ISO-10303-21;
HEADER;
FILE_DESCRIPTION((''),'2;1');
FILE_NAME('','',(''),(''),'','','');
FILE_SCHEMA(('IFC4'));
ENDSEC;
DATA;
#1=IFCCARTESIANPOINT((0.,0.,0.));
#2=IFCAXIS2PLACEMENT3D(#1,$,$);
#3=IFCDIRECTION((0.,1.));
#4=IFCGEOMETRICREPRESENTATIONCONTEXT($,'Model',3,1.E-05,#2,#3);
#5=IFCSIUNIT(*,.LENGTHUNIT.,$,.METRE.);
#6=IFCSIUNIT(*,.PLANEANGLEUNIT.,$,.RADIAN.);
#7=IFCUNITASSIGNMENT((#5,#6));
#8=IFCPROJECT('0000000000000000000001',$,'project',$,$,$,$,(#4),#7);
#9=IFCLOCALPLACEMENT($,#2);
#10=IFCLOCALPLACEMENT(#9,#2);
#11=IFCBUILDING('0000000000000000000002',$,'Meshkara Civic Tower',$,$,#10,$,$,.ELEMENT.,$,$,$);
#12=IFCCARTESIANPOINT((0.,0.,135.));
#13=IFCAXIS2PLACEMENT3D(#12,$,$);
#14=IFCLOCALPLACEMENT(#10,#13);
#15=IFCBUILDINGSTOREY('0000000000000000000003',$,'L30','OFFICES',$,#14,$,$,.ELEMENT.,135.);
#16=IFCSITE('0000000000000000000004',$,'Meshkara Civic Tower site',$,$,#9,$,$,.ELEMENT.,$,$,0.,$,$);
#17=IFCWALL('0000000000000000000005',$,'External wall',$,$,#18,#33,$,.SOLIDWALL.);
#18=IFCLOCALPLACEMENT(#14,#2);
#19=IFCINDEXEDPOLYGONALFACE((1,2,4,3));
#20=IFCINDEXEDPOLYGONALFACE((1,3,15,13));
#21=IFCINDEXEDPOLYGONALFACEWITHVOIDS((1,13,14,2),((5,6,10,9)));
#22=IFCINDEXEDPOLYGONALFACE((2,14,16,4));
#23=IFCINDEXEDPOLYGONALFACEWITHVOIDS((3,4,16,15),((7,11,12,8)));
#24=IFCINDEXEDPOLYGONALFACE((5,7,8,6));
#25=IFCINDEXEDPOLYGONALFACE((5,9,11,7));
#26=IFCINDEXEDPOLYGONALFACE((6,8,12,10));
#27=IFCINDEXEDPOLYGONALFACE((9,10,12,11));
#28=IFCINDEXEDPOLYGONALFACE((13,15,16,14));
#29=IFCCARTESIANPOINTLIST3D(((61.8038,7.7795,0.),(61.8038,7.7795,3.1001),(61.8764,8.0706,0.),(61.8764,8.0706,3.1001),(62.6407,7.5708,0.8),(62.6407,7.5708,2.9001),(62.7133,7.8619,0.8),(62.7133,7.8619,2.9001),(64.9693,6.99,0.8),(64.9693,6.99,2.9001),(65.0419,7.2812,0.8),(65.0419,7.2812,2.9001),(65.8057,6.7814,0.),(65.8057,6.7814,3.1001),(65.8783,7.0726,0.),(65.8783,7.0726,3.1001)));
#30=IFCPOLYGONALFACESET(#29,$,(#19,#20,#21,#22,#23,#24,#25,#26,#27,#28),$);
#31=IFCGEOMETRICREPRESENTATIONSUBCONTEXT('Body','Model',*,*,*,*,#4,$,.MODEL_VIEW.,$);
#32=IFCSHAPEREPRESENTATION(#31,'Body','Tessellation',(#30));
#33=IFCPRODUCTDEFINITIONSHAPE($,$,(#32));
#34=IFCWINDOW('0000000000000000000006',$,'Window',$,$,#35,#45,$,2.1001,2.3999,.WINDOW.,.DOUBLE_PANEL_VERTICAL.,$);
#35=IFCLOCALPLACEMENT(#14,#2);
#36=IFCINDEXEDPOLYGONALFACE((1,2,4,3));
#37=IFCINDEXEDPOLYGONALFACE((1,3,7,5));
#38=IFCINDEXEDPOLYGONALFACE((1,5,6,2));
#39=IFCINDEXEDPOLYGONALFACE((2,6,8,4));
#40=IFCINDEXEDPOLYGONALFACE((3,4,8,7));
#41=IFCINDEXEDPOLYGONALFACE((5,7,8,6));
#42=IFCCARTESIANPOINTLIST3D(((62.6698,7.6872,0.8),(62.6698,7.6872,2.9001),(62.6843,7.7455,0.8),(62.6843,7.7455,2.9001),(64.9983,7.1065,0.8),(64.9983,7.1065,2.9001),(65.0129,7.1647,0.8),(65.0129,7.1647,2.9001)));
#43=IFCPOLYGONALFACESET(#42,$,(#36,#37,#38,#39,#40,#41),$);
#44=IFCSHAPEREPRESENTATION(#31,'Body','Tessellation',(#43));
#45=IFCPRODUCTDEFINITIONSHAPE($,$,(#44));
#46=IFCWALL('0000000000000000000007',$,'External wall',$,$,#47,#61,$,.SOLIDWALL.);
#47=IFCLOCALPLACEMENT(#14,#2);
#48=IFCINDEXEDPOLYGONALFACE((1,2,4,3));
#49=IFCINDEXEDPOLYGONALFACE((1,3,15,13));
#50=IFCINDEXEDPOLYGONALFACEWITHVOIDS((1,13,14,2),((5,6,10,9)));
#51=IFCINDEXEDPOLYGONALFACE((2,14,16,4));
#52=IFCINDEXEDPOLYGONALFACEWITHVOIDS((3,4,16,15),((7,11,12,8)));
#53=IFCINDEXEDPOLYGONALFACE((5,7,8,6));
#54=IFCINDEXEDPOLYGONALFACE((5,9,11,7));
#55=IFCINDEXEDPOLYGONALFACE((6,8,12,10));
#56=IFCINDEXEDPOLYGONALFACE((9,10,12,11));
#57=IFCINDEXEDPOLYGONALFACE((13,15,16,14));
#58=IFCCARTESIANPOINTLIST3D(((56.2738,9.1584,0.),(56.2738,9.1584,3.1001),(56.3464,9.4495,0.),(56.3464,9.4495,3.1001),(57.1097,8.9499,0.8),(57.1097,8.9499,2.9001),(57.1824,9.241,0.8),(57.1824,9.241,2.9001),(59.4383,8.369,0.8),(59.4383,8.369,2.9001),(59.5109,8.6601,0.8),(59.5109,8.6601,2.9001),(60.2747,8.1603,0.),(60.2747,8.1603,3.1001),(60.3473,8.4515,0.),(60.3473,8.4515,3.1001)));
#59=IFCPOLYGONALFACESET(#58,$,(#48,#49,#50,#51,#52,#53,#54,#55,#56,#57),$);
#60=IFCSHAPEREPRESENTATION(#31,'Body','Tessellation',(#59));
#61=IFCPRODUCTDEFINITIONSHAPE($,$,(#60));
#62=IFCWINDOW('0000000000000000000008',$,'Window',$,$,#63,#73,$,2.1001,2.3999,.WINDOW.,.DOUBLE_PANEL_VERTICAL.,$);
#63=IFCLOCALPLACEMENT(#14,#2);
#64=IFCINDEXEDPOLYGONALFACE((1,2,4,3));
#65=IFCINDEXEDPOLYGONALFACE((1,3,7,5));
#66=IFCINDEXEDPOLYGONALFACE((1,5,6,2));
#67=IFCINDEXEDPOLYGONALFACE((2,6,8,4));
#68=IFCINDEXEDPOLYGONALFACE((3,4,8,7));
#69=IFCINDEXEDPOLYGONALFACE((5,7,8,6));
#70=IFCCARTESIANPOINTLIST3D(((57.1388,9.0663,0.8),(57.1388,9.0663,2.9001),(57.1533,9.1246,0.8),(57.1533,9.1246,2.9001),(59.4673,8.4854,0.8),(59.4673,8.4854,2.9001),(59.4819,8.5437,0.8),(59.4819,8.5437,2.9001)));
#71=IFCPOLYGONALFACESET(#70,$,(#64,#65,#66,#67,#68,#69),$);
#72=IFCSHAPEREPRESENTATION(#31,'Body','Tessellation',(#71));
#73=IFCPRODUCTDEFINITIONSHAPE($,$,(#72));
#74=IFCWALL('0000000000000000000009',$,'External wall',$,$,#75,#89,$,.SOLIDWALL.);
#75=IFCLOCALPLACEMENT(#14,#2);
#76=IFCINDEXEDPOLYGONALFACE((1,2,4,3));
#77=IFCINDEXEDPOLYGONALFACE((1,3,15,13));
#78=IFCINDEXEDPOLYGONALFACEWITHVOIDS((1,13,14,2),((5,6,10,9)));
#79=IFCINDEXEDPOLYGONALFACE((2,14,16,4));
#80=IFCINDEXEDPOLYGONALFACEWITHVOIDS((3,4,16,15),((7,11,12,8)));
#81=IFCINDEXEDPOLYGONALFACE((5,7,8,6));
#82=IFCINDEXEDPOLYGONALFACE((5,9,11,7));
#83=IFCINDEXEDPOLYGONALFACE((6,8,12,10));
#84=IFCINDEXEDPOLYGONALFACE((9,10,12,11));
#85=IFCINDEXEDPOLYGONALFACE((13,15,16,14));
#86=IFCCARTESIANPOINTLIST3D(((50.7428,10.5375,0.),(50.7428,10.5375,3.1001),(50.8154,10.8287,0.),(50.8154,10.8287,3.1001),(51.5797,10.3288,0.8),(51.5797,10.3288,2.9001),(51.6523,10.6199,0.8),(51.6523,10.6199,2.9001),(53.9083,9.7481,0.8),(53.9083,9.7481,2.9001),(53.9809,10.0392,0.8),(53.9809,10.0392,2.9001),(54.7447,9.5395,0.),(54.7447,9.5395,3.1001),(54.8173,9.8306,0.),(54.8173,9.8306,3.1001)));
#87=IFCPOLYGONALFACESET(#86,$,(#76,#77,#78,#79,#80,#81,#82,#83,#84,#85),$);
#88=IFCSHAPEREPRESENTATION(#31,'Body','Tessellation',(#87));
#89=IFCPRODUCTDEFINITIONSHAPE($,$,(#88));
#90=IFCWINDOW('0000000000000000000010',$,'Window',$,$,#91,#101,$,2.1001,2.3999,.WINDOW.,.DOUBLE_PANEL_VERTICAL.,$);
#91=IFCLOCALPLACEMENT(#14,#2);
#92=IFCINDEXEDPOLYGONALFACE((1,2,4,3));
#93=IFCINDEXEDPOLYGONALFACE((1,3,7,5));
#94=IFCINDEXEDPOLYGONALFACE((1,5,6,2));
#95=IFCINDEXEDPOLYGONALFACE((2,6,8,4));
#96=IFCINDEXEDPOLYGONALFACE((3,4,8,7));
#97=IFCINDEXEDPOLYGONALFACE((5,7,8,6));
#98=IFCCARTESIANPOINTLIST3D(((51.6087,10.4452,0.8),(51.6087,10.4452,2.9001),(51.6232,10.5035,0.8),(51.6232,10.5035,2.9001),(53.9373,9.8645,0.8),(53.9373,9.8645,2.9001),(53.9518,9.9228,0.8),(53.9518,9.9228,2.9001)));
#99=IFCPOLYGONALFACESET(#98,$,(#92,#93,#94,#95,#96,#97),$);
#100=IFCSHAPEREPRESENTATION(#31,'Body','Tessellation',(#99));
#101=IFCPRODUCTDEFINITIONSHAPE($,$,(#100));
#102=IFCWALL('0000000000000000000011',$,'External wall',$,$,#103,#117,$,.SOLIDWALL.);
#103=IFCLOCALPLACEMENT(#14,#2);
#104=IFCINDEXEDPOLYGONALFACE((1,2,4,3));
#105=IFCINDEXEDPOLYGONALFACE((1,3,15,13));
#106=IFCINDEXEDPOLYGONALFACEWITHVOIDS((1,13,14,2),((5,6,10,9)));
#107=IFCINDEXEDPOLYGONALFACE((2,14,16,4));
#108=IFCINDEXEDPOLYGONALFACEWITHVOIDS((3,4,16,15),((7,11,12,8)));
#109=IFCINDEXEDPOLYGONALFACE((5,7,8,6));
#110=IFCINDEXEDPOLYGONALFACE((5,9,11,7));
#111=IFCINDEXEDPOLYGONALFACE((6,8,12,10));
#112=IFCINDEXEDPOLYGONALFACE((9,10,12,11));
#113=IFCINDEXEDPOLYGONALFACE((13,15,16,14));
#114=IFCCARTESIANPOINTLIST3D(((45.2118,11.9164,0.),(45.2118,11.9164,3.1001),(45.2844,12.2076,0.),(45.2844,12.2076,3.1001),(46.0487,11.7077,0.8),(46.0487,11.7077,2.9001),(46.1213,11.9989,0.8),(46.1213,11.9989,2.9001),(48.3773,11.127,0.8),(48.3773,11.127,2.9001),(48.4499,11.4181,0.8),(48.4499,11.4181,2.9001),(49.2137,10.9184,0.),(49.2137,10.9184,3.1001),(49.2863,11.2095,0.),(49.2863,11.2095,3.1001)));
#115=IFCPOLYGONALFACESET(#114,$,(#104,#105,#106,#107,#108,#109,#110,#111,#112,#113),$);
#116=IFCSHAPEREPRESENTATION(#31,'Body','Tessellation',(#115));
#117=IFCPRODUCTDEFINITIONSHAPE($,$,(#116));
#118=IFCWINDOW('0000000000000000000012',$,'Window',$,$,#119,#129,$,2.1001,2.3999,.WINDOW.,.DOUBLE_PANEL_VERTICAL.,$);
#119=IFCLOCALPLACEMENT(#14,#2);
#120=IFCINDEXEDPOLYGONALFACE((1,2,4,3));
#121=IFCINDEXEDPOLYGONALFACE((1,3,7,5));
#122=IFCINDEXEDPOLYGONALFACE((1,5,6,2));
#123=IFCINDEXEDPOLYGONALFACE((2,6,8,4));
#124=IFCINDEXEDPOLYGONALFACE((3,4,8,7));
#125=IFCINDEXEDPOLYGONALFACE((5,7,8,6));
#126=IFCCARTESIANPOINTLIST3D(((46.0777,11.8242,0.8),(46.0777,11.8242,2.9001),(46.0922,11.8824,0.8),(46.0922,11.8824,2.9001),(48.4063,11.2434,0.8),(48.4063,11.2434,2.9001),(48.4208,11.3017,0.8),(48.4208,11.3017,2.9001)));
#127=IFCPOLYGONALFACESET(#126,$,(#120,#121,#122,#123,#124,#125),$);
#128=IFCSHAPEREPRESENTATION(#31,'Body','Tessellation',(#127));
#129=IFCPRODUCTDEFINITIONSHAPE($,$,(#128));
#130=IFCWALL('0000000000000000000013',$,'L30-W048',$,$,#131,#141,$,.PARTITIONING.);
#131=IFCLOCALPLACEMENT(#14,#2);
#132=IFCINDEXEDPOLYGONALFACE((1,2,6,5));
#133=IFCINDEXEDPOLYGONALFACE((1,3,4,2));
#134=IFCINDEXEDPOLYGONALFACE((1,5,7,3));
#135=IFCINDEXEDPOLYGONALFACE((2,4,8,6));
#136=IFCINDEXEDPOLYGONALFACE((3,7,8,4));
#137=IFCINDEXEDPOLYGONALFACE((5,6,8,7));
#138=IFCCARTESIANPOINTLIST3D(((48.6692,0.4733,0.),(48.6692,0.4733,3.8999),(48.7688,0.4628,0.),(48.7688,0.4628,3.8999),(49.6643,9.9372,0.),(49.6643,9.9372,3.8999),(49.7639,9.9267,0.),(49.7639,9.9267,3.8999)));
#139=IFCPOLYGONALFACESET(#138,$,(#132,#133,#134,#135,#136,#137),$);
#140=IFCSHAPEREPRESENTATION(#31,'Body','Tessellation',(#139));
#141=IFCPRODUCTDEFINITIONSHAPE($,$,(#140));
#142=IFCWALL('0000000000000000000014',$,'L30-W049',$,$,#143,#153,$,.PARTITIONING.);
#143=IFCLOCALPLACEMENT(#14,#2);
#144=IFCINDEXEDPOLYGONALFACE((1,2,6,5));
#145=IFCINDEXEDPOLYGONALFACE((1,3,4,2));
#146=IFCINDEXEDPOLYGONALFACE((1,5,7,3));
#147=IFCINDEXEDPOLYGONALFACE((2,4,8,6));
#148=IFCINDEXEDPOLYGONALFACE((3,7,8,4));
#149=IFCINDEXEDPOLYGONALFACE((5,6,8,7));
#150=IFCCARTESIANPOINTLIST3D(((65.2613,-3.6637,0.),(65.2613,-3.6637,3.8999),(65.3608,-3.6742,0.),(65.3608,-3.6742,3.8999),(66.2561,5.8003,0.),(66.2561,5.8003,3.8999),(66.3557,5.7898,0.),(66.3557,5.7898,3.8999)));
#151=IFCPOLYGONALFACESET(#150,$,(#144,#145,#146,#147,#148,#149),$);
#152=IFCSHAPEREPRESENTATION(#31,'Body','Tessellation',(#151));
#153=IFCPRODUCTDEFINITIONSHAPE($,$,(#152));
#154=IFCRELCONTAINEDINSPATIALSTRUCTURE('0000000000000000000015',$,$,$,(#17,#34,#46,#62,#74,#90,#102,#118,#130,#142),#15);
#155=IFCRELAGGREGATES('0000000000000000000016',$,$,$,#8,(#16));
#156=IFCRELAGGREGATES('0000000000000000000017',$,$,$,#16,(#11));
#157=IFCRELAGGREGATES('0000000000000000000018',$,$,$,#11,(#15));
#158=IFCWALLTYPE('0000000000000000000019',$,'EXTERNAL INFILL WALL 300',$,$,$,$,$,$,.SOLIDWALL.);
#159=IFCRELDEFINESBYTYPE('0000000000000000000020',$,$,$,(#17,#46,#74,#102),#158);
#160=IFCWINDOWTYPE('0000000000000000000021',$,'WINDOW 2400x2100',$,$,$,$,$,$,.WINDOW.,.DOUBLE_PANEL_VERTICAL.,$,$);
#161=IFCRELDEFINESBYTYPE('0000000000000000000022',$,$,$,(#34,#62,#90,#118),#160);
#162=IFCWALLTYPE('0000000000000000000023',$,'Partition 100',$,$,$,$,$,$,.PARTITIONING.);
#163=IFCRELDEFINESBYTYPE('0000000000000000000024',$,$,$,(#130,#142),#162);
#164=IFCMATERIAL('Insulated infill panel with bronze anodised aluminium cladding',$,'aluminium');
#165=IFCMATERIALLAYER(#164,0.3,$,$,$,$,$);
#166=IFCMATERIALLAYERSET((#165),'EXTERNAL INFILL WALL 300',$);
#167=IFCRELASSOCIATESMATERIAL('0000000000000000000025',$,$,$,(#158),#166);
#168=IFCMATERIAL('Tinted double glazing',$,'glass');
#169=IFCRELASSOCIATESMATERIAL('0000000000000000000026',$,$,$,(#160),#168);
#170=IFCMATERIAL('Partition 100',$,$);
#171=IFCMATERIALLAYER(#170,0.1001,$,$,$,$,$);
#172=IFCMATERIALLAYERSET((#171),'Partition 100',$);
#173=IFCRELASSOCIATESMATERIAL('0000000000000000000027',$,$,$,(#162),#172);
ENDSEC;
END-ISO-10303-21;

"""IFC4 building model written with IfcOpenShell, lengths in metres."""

from ifc_helpers import new_model, si_unit, direction, frame, frame_2d, origin, place, context, subcontext, project, spatial, rectangle, extrude, material, layer, layer_set, type_object, element, fill, save


model = new_model("IFC4")

# Units and contexts
model_context = context("Model", 3, precision=1e-05, world=origin(), true_north=direction((0.0, 1.0)))
body_context = subcontext(model_context, "Body", "Model", "MODEL_VIEW")
ifc_project = project(units=[si_unit("LENGTHUNIT", "METRE"), si_unit("PLANEANGLEUNIT", "RADIAN")], contexts=[model_context])

# Site, building, storey
site_placement = place(None, origin())
site = spatial("IfcSite", under=ifc_project, at=site_placement, Name="Meshkara Civic Tower site", CompositionType="ELEMENT", RefElevation=0.0)
building_placement = place(site_placement, origin())
building = spatial("IfcBuilding", under=site, at=building_placement, Name="Meshkara Civic Tower", CompositionType="ELEMENT")
storey_placement = place(building_placement, frame((0.0, 0.0, 135.0)))
storey = spatial("IfcBuildingStorey", under=building, at=storey_placement, Name="L30", Description="OFFICES", CompositionType="ELEMENT", Elevation=135.0)

# Walls, openings, windows
ifc_material_1 = material(Name="Insulated infill panel with bronze anodised aluminium cladding", Category="aluminium")
ifc_layer_1 = layer(ifc_material_1, 0.3)
ifc_layer_set_1 = layer_set([ifc_layer_1], Name="EXTERNAL INFILL WALL 300")
wall_type_1 = type_object("IfcWallType", Name="EXTERNAL INFILL WALL 300", PredefinedType="SOLIDWALL", material=ifc_layer_set_1)
wall_1_placement = place(storey_placement, frame((65.842, 6.927, 0.0), z_axis=(0.0, 0.0, 1.0), x_axis=(-0.970282, 0.241978, 0.0)))
wall_1 = element("IfcWall", 1, at=wall_1_placement, inside=storey, type_object=wall_type_1, Name="External wall", PredefinedType="SOLIDWALL", context=body_context, shape_type="SweptSolid", body=[
    extrude(rectangle(XDim=4.1245, YDim=0.3, at=frame_2d((2.0623, 0.0))), origin(), (0.0, 0.0, 1.0), 3.1001),
])
opening_1_placement = place(wall_1_placement, frame((0.8621, 0.0, 0.8)))
opening_1 = element("IfcOpeningElement", 2, at=opening_1_placement, cuts=wall_1, PredefinedType="OPENING", context=body_context, shape_type="SweptSolid", body=[
    extrude(rectangle(XDim=2.3999, YDim=2.1001, at=frame_2d((1.2, 1.05))), frame((0.0, 0.1599, 0.0), z_axis=(0.0, -1.0, 0.0), x_axis=(1.0, 0.0, 0.0)), (0.0, 0.0, 1.0), 0.3201),
])
ifc_material_2 = material(Name="Tinted double glazing", Category="glass")
window_type = type_object("IfcWindowType", Name="WINDOW 2400x2100", PartitioningType="DOUBLE_PANEL_VERTICAL", PredefinedType="WINDOW", material=ifc_material_2)
window_1_placement = place(opening_1_placement, origin())
window_1 = element("IfcWindow", 3, at=window_1_placement, inside=storey, type_object=window_type, Name="Window", OverallHeight=2.1001, OverallWidth=2.3999, PartitioningType="DOUBLE_PANEL_VERTICAL", PredefinedType="WINDOW", context=body_context, shape_type="SweptSolid", body=[
    extrude(rectangle(XDim=2.3999, YDim=2.1001, at=frame_2d((1.2, 1.05))), frame((0.0, 0.03, 0.0), z_axis=(0.0, -1.0, 0.0), x_axis=(1.0, 0.0, 0.0)), (0.0, 0.0, 1.0), 0.0601),
])
fill(opening_1, window_1)
wall_2_placement = place(storey_placement, frame((60.311, 8.3059, 0.0), z_axis=(0.0, 0.0, 1.0), x_axis=(-0.970268, 0.242034, 0.0)))
wall_2 = element("IfcWall", 4, at=wall_2_placement, inside=storey, type_object=wall_type_1, Name="External wall", PredefinedType="SOLIDWALL", context=body_context, shape_type="SweptSolid", body=[
    extrude(rectangle(XDim=4.1235, YDim=0.3, at=frame_2d((2.0618, 0.0))), origin(), (0.0, 0.0, 1.0), 3.1001),
])
opening_2_placement = place(wall_2_placement, frame((0.8621, 0.0, 0.8)))
opening_2 = element("IfcOpeningElement", 5, at=opening_2_placement, cuts=wall_2, PredefinedType="OPENING", context=body_context, shape_type="SweptSolid", body=[
    extrude(rectangle(XDim=2.3999, YDim=2.1001, at=frame_2d((1.2, 1.05))), frame((0.0, 0.1599, 0.0), z_axis=(0.0, -1.0, 0.0), x_axis=(1.0, 0.0, 0.0)), (0.0, 0.0, 1.0), 0.3201),
])
window_2_placement = place(opening_2_placement, origin())
window_2 = element("IfcWindow", 6, at=window_2_placement, inside=storey, type_object=window_type, Name="Window", OverallHeight=2.1001, OverallWidth=2.3999, PartitioningType="DOUBLE_PANEL_VERTICAL", PredefinedType="WINDOW", context=body_context, shape_type="SweptSolid", body=[
    extrude(rectangle(XDim=2.3999, YDim=2.1001, at=frame_2d((1.2, 1.05))), frame((0.0, 0.03, 0.0), z_axis=(0.0, -1.0, 0.0), x_axis=(1.0, 0.0, 0.0)), (0.0, 0.0, 1.0), 0.0601),
])
fill(opening_2, window_2)
wall_3_placement = place(storey_placement, frame((54.781, 9.6851, 0.0), z_axis=(0.0, 0.0, 1.0), x_axis=(-0.970282, 0.241978, 0.0)))
wall_3 = element("IfcWall", 7, at=wall_3_placement, inside=storey, type_object=wall_type_1, Name="External wall", PredefinedType="SOLIDWALL", context=body_context, shape_type="SweptSolid", body=[
    extrude(rectangle(XDim=4.1245, YDim=0.3, at=frame_2d((2.0623, 0.0))), origin(), (0.0, 0.0, 1.0), 3.1001),
])
opening_3_placement = place(wall_3_placement, frame((0.8621, 0.0, 0.8)))
opening_3 = element("IfcOpeningElement", 8, at=opening_3_placement, cuts=wall_3, PredefinedType="OPENING", context=body_context, shape_type="SweptSolid", body=[
    extrude(rectangle(XDim=2.3999, YDim=2.1001, at=frame_2d((1.2, 1.05))), frame((0.0, 0.1599, 0.0), z_axis=(0.0, -1.0, 0.0), x_axis=(1.0, 0.0, 0.0)), (0.0, 0.0, 1.0), 0.3201),
])
window_3_placement = place(opening_3_placement, origin())
window_3 = element("IfcWindow", 9, at=window_3_placement, inside=storey, type_object=window_type, Name="Window", OverallHeight=2.1001, OverallWidth=2.3999, PartitioningType="DOUBLE_PANEL_VERTICAL", PredefinedType="WINDOW", context=body_context, shape_type="SweptSolid", body=[
    extrude(rectangle(XDim=2.3999, YDim=2.1001, at=frame_2d((1.2, 1.05))), frame((0.0, 0.03, 0.0), z_axis=(0.0, -1.0, 0.0), x_axis=(1.0, 0.0, 0.0)), (0.0, 0.0, 1.0), 0.0601),
])
fill(opening_3, window_3)
wall_4_placement = place(storey_placement, frame((49.25, 11.064, 0.0), z_axis=(0.0, 0.0, 1.0), x_axis=(-0.970282, 0.241978, 0.0)))
wall_4 = element("IfcWall", 10, at=wall_4_placement, inside=storey, type_object=wall_type_1, Name="External wall", PredefinedType="SOLIDWALL", context=body_context, shape_type="SweptSolid", body=[
    extrude(rectangle(XDim=4.1245, YDim=0.3, at=frame_2d((2.0623, 0.0))), origin(), (0.0, 0.0, 1.0), 3.1001),
])
opening_4_placement = place(wall_4_placement, frame((0.8621, 0.0, 0.8)))
opening_4 = element("IfcOpeningElement", 11, at=opening_4_placement, cuts=wall_4, PredefinedType="OPENING", context=body_context, shape_type="SweptSolid", body=[
    extrude(rectangle(XDim=2.3999, YDim=2.1001, at=frame_2d((1.2, 1.05))), frame((0.0, 0.1599, 0.0), z_axis=(0.0, -1.0, 0.0), x_axis=(1.0, 0.0, 0.0)), (0.0, 0.0, 1.0), 0.3201),
])
window_4_placement = place(opening_4_placement, origin())
window_4 = element("IfcWindow", 12, at=window_4_placement, inside=storey, type_object=window_type, Name="Window", OverallHeight=2.1001, OverallWidth=2.3999, PartitioningType="DOUBLE_PANEL_VERTICAL", PredefinedType="WINDOW", context=body_context, shape_type="SweptSolid", body=[
    extrude(rectangle(XDim=2.3999, YDim=2.1001, at=frame_2d((1.2, 1.05))), frame((0.0, 0.03, 0.0), z_axis=(0.0, -1.0, 0.0), x_axis=(1.0, 0.0, 0.0)), (0.0, 0.0, 1.0), 0.0601),
])
fill(opening_4, window_4)

# Walls
ifc_material_3 = material(Name="Partition 100")
ifc_layer_2 = layer(ifc_material_3, 0.1001)
ifc_layer_set_2 = layer_set([ifc_layer_2], Name="Partition 100")
wall_type_2 = type_object("IfcWallType", Name="Partition 100", PredefinedType="PARTITIONING", material=ifc_layer_set_2)
for number, where, z_axis, x_axis, name in (
    (13, (48.719, 0.468, 0.0), (0.0, 0.0, 1.0), (0.104573, 0.994517, 0.0), "L30-W048"),
    (14, (65.311, -3.6689, 0.0), (0.0, 0.0, 1.0), (0.104547, 0.99452, 0.0), "L30-W049"),
):
    element("IfcWall", number, at=place(storey_placement, frame(where, z_axis=z_axis, x_axis=x_axis)), inside=storey, type_object=wall_type_2, Name=name, PredefinedType="PARTITIONING", context=body_context, shape_type="SweptSolid", body=[
        extrude(rectangle(XDim=9.5161, YDim=0.1001, at=frame_2d((4.7581, 0.0))), origin(), (0.0, 0.0, 1.0), 3.8999),
    ])

save(model, "model.ifc")
